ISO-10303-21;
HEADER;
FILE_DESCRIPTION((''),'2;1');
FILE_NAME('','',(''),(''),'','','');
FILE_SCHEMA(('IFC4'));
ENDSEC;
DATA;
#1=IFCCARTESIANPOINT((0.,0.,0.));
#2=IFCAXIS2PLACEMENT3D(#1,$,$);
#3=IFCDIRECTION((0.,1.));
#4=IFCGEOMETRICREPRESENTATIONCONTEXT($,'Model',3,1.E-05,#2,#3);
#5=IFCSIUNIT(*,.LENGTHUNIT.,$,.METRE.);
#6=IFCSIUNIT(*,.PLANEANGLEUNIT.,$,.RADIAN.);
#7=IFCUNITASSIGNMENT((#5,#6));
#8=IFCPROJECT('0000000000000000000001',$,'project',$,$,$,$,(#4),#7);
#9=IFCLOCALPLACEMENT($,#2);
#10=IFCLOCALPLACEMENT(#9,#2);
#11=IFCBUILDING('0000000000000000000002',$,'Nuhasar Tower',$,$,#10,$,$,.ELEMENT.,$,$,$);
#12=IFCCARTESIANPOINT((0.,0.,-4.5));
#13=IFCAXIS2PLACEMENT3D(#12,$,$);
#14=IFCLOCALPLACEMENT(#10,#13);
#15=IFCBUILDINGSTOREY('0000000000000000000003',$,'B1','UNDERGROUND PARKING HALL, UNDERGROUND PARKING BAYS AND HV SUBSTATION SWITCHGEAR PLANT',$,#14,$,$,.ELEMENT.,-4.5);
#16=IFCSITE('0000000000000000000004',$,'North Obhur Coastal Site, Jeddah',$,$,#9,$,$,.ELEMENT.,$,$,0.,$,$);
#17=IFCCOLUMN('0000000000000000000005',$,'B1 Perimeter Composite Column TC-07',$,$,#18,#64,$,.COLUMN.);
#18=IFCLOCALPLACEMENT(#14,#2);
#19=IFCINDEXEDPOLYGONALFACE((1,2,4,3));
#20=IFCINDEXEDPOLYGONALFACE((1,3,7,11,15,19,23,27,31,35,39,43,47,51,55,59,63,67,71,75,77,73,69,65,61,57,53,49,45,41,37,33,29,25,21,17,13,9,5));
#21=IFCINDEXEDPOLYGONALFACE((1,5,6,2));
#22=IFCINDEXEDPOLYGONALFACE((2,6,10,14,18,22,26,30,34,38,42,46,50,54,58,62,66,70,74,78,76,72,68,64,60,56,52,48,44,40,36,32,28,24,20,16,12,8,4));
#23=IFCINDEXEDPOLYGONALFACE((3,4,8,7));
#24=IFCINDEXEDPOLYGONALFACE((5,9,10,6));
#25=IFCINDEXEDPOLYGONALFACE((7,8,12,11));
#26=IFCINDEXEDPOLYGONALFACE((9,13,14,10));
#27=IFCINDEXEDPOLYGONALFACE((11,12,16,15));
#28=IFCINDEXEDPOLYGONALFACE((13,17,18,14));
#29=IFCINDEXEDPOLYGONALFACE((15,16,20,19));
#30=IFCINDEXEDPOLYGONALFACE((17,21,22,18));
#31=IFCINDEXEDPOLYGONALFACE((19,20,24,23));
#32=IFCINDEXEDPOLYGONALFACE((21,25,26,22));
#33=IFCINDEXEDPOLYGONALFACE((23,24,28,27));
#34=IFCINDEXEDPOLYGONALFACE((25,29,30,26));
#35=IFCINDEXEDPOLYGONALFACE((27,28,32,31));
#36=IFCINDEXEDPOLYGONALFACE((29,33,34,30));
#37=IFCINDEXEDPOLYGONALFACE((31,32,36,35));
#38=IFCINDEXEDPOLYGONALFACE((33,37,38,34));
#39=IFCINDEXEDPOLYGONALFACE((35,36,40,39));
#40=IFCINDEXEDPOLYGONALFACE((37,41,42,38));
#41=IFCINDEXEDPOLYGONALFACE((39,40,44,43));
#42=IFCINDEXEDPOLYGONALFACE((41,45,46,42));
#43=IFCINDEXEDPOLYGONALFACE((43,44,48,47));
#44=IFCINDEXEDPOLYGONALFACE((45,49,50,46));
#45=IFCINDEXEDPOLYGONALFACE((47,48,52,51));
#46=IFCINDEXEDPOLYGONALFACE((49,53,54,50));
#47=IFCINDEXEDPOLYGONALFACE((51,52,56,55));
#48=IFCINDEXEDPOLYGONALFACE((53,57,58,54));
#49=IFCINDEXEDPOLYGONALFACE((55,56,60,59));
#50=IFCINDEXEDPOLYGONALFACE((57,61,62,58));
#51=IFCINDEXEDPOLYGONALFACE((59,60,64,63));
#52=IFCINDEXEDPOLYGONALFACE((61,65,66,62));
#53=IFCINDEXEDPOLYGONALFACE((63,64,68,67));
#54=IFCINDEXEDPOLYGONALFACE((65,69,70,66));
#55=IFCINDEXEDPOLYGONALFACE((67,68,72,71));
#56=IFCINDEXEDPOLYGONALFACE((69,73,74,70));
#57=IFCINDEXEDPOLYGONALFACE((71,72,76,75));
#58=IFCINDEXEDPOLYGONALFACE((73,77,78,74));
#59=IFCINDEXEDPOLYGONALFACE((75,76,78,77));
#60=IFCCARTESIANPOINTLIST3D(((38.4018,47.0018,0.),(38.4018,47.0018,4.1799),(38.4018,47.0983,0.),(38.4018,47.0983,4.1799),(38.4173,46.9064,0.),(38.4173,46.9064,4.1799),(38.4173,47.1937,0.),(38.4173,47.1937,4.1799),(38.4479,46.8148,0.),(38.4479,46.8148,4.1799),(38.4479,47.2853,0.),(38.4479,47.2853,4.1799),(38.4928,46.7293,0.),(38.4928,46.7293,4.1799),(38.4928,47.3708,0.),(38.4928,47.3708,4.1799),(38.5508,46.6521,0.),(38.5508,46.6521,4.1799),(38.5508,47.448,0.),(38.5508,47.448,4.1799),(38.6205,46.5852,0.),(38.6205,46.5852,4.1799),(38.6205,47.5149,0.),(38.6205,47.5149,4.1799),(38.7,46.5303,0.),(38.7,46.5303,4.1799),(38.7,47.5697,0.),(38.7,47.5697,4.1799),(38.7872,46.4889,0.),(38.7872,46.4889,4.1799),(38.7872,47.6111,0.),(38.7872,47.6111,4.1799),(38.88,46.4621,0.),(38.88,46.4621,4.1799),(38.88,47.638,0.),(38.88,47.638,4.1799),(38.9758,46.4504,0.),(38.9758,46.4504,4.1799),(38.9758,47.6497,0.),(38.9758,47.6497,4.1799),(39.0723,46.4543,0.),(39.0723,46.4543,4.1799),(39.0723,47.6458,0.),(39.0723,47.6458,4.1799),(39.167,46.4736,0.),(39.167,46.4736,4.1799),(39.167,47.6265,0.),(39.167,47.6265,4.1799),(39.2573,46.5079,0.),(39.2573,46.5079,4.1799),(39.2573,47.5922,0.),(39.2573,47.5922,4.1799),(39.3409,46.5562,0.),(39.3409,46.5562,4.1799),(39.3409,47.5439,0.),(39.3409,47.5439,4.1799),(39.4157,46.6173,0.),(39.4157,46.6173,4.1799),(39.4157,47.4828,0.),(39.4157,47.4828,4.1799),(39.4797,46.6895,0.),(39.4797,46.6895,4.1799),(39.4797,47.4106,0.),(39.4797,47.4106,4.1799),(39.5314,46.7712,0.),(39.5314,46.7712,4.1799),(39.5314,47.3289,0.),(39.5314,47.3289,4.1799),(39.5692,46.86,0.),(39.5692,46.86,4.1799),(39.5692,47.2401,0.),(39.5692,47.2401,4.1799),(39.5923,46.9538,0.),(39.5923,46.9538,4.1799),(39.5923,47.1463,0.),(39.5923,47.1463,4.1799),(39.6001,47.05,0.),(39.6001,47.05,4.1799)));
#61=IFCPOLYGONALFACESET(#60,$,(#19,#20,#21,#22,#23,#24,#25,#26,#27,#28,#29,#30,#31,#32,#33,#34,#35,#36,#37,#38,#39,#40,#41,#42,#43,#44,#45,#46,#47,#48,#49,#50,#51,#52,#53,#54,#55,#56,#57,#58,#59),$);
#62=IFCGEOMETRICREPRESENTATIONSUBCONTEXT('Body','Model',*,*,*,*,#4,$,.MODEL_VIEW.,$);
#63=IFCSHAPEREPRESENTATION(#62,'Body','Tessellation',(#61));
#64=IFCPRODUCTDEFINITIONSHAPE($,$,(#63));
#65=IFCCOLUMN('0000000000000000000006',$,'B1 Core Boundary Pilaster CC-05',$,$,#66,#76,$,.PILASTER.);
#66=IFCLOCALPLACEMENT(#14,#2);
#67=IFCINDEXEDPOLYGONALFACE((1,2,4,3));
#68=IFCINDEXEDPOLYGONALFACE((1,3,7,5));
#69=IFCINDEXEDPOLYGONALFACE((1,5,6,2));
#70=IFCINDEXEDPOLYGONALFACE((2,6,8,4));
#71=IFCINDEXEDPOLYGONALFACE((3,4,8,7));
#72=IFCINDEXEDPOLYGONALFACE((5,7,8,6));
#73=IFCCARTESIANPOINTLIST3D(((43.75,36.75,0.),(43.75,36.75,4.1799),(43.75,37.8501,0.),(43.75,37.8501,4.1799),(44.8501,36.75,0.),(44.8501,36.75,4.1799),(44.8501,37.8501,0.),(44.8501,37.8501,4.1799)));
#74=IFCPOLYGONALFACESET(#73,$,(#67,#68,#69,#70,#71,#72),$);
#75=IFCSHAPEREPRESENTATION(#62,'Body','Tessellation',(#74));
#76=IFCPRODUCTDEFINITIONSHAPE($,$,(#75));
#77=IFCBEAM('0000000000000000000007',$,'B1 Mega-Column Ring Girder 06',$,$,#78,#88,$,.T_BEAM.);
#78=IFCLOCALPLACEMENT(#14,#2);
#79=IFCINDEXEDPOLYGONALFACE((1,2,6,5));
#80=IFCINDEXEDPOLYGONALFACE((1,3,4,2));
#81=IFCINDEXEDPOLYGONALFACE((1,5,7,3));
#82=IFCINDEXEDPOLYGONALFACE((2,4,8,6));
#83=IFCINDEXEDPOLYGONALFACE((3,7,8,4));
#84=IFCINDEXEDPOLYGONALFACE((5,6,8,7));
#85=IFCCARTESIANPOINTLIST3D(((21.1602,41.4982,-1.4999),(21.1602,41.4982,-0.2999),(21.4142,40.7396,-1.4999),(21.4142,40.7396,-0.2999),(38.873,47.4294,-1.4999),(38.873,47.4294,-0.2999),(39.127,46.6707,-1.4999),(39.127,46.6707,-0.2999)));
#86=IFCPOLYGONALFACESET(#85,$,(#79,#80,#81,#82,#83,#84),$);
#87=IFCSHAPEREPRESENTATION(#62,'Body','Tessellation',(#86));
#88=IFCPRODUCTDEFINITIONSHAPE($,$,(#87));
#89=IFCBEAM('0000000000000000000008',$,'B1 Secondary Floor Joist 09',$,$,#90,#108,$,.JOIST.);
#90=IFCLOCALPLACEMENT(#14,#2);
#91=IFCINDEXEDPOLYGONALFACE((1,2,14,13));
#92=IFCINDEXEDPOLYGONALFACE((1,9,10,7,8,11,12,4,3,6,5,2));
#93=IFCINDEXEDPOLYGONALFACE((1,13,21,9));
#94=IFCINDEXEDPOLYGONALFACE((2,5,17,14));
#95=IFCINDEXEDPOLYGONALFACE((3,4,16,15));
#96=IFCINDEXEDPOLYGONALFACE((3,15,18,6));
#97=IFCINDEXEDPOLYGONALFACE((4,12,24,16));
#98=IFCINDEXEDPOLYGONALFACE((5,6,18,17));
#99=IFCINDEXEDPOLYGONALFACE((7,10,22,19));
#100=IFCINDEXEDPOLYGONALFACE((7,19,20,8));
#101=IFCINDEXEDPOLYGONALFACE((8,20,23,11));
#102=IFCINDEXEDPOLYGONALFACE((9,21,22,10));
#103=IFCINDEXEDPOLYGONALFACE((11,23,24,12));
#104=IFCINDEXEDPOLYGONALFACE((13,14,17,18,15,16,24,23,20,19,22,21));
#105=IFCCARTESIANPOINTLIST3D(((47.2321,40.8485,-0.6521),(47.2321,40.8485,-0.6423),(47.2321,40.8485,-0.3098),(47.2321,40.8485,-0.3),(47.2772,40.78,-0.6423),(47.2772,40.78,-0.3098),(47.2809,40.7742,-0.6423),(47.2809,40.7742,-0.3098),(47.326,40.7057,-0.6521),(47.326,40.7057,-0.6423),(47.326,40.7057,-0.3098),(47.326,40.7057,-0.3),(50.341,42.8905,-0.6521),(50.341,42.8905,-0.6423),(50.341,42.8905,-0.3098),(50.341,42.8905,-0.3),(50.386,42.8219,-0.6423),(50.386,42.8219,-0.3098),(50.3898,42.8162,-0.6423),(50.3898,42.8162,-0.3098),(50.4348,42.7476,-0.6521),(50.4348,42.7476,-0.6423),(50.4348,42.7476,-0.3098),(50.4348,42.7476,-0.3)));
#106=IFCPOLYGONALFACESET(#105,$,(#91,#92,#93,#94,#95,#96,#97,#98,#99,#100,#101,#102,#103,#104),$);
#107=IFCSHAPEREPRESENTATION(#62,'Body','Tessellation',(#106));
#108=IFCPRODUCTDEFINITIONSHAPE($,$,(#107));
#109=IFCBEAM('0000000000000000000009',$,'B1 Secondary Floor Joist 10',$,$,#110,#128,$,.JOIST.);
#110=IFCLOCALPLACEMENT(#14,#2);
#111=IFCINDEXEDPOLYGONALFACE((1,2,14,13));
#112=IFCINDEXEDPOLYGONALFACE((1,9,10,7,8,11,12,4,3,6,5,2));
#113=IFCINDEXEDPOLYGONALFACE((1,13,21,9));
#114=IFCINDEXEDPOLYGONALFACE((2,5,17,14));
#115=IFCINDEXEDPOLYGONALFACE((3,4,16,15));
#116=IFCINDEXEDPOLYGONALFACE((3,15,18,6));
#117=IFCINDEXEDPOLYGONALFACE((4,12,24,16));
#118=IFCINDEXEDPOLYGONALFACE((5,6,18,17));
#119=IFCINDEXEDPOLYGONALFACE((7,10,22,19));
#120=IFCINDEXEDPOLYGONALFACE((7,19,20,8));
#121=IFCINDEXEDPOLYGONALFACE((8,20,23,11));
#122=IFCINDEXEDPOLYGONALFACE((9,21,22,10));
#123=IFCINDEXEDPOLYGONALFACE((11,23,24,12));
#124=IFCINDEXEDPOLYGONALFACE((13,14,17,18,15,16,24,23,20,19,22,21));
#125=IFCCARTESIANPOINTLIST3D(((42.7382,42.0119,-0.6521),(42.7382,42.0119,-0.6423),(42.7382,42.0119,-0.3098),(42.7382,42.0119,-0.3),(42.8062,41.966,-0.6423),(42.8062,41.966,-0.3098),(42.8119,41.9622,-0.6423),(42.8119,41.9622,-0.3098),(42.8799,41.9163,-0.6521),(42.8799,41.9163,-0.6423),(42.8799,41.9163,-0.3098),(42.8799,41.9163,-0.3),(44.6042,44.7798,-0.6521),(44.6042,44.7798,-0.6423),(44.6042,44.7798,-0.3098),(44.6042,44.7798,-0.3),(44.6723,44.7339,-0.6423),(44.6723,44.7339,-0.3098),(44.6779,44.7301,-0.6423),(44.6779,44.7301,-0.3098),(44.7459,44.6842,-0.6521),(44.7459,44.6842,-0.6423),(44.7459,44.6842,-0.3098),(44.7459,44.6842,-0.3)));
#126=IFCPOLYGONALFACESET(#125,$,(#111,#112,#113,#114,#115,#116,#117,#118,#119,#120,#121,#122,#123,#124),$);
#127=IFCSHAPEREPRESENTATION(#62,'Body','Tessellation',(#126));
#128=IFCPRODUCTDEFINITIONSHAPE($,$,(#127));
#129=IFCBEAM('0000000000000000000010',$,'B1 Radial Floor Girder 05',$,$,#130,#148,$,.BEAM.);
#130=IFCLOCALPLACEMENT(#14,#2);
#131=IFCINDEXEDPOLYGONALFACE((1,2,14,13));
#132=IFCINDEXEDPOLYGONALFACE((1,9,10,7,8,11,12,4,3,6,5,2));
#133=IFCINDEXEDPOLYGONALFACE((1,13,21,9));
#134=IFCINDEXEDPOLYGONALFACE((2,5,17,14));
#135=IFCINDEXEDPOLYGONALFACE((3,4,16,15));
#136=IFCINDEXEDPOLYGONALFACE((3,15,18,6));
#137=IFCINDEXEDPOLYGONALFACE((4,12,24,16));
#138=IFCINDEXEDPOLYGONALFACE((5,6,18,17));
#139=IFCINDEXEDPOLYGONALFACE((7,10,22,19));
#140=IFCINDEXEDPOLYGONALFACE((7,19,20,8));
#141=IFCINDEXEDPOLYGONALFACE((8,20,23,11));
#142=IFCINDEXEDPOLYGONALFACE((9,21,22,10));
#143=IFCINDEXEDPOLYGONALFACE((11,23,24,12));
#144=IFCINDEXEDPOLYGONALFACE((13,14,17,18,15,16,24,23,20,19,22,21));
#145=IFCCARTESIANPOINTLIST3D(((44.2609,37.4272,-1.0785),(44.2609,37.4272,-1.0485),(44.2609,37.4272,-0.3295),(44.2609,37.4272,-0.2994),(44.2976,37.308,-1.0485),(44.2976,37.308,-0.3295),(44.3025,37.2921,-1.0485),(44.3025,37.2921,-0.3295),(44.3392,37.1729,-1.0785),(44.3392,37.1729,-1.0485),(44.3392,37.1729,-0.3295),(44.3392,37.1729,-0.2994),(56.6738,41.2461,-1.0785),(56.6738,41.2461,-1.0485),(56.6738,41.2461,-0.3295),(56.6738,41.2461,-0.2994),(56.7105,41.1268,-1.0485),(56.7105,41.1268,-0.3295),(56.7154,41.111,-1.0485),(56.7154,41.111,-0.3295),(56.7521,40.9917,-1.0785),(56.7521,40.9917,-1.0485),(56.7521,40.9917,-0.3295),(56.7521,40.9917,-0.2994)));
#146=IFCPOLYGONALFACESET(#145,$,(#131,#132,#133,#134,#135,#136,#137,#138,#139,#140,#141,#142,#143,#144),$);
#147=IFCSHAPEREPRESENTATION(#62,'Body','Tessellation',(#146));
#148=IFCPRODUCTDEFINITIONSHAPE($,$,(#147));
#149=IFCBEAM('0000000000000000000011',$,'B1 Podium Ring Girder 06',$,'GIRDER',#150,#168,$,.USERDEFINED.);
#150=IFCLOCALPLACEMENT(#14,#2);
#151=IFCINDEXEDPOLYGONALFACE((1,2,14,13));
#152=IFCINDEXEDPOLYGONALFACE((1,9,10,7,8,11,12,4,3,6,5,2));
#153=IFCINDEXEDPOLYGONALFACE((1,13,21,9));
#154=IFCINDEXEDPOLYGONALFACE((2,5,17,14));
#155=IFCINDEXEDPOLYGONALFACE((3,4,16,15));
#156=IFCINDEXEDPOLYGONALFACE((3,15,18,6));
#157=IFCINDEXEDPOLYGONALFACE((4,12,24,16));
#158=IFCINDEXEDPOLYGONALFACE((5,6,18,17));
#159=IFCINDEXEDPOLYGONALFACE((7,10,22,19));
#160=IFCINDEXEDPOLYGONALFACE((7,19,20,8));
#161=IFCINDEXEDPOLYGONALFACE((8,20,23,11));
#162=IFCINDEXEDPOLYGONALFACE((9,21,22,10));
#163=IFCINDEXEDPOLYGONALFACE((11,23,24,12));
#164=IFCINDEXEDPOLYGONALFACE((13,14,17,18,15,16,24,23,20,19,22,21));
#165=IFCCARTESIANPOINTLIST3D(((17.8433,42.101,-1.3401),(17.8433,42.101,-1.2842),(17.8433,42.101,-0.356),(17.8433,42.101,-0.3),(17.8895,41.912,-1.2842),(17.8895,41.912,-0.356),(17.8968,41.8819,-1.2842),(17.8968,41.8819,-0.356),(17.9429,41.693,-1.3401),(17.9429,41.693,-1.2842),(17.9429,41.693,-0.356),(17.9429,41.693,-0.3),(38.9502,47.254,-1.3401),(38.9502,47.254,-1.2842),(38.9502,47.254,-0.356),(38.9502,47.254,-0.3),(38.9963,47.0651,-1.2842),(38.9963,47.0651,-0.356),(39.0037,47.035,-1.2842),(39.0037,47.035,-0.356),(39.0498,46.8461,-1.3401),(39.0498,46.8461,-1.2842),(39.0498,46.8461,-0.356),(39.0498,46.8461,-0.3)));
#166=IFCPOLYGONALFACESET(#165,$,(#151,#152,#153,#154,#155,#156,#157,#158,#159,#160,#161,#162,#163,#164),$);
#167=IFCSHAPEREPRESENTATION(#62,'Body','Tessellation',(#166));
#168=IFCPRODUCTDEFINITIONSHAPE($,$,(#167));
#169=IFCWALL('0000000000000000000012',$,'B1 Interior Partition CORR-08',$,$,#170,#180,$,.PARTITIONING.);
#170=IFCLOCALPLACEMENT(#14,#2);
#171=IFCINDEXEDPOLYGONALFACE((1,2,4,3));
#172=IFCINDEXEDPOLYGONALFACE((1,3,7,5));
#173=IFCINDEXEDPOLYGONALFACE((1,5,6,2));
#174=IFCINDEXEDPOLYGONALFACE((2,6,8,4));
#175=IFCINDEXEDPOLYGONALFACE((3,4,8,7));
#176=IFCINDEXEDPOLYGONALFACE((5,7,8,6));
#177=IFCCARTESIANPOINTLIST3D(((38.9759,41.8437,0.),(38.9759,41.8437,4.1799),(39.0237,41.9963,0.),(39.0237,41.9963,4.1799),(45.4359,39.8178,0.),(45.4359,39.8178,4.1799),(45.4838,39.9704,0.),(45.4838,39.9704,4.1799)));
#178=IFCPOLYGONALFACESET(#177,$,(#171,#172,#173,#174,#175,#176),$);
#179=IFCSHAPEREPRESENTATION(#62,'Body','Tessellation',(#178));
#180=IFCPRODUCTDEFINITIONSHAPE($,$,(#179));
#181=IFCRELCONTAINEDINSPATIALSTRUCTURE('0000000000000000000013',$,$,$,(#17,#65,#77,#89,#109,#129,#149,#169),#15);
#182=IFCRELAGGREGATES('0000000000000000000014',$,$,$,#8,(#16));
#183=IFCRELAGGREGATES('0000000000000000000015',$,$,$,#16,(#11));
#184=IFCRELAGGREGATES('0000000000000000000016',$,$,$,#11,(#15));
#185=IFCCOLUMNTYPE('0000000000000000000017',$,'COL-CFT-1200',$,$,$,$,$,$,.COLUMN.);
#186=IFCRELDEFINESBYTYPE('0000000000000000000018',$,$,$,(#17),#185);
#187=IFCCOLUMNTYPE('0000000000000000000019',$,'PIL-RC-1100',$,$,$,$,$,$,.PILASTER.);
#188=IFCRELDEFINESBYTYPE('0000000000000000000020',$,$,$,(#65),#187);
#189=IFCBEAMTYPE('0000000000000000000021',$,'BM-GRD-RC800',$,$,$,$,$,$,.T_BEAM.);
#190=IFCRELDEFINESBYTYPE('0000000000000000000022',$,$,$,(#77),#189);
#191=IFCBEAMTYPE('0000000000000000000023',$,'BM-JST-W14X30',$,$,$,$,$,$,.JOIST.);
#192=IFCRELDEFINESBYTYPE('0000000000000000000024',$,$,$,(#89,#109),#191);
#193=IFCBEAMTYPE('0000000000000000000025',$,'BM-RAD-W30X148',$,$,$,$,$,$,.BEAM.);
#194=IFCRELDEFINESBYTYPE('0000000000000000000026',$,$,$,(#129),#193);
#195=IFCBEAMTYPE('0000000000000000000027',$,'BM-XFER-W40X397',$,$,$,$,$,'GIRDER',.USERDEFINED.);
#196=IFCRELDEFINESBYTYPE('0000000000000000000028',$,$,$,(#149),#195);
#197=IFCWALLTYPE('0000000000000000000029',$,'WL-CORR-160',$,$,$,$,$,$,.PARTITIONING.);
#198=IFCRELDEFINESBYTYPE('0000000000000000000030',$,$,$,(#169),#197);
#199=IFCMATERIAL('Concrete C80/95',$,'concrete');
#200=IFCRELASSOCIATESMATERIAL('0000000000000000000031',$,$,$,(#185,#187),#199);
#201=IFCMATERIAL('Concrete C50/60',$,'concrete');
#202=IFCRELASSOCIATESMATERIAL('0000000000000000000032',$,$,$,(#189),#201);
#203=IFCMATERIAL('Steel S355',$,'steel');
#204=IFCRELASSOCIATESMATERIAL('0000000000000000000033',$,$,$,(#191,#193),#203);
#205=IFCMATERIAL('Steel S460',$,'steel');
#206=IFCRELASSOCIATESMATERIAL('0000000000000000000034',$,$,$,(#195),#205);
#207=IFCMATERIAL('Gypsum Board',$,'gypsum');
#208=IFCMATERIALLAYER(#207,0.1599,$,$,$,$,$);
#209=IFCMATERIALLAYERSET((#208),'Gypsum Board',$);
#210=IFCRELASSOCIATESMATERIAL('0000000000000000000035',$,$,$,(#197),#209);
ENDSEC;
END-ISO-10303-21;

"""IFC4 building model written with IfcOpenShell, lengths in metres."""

from ifc_helpers import new_model, si_unit, direction, frame, frame_2d, origin, origin_2d, place, context, subcontext, project, spatial, rectangle, circle, i_section, extrude, material, layer, layer_set, material_profile, profile_set, type_object, element, save


model = new_model("IFC4")

# Units and contexts
model_context = context("Model", 3, precision=1e-05, world=origin(), true_north=direction((0.0, 1.0)))
body_context = subcontext(model_context, "Body", "Model", "MODEL_VIEW")
ifc_project = project(units=[si_unit("LENGTHUNIT", "METRE"), si_unit("PLANEANGLEUNIT", "RADIAN")], contexts=[model_context])

# Site, building, storey
site_placement = place(None, origin())
site = spatial("IfcSite", under=ifc_project, at=site_placement, Name="North Obhur Coastal Site, Jeddah", CompositionType="ELEMENT", RefElevation=0.0)
building_placement = place(site_placement, origin())
building = spatial("IfcBuilding", under=site, at=building_placement, Name="Nuhasar Tower", CompositionType="ELEMENT")
storey_placement = place(building_placement, frame((0.0, 0.0, -4.5)))
storey = spatial("IfcBuildingStorey", under=building, at=storey_placement, Name="B1", Description="UNDERGROUND PARKING HALL, UNDERGROUND PARKING BAYS AND HV SUBSTATION SWITCHGEAR PLANT", CompositionType="ELEMENT", Elevation=-4.5)

# Columns
ifc_material_1 = material(Name="Concrete C80/95", Category="concrete")
ifc_material_profile_1 = material_profile(ifc_material_1, circle(Radius=0.6001, at=origin_2d()), Name="CFT1200")
ifc_profile_set_1 = profile_set([ifc_material_profile_1], Name="Concrete C80/95")
column_type_1 = type_object("IfcColumnType", Name="COL-CFT-1200", PredefinedType="COLUMN", material=ifc_profile_set_1)
column_1_placement = place(storey_placement, frame((39.0, 47.05, 0.0), z_axis=(0.0, 0.0, 1.0), x_axis=(1.0, 0.0, 0.0)))
element("IfcColumn", 1, at=column_1_placement, inside=storey, type_object=column_type_1, Name="B1 Perimeter Composite Column TC-07", PredefinedType="COLUMN", context=body_context, shape_type="SweptSolid", body=[
    extrude(circle(Radius=0.6001, at=origin_2d()), origin(), (0.0, 0.0, 1.0), 4.1799),
])
ifc_material_profile_2 = material_profile(ifc_material_1, rectangle(XDim=1.1001, YDim=1.1001, at=origin_2d()), Name="RC1100X1100")
ifc_profile_set_2 = profile_set([ifc_material_profile_2], Name="Concrete C80/95")
column_type_2 = type_object("IfcColumnType", Name="PIL-RC-1100", PredefinedType="PILASTER", material=ifc_profile_set_2)
column_2_placement = place(storey_placement, frame((44.3, 37.3, 0.0), z_axis=(0.0, 0.0, 1.0), x_axis=(1.0, 0.0, 0.0)))
element("IfcColumn", 2, at=column_2_placement, inside=storey, type_object=column_type_2, Name="B1 Core Boundary Pilaster CC-05", PredefinedType="PILASTER", context=body_context, shape_type="SweptSolid", body=[
    extrude(rectangle(XDim=1.1001, YDim=1.1001, at=origin_2d()), origin(), (0.0, 0.0, 1.0), 4.1799),
])

# Beams
ifc_material_2 = material(Name="Concrete C50/60", Category="concrete")
ifc_material_profile_3 = material_profile(ifc_material_2, rectangle(XDim=0.8, YDim=1.2, at=origin_2d()), Name="RC800X1200")
ifc_profile_set_3 = profile_set([ifc_material_profile_3], Name="Concrete C50/60")
beam_type_1 = type_object("IfcBeamType", Name="BM-GRD-RC800", PredefinedType="T_BEAM", material=ifc_profile_set_3)
beam_1_placement = place(storey_placement, frame((39.0, 47.05, -0.8999), z_axis=(-0.948251, -0.317521, 0.0), x_axis=(0.317521, -0.948251, 0.0)))
element("IfcBeam", 3, at=beam_1_placement, inside=storey, type_object=beam_type_1, Name="B1 Mega-Column Ring Girder 06", PredefinedType="T_BEAM", context=body_context, shape_type="SweptSolid", body=[
    extrude(rectangle(XDim=0.8, YDim=1.2, at=origin_2d()), origin(), (0.0, 0.0, 1.0), 18.6794),
])
ifc_material_3 = material(Name="Steel S355", Category="steel")
ifc_material_profile_4 = material_profile(ifc_material_3, i_section(OverallWidth=0.1709, OverallDepth=0.3521, WebThickness=0.0068, FlangeThickness=0.0098, at=origin_2d()), Name="W14X30")
ifc_profile_set_4 = profile_set([ifc_material_profile_4], Name="Steel S355")
beam_type_2 = type_object("IfcBeamType", Name="BM-JST-W14X30", PredefinedType="JOIST", material=ifc_profile_set_4)
beam_2_placement = place(storey_placement, frame((47.2791, 40.7771, -0.4761), z_axis=(0.835828, 0.548992, 0.0), x_axis=(-0.548992, 0.835828, 0.0)))
element("IfcBeam", 4, at=beam_2_placement, inside=storey, type_object=beam_type_2, Name="B1 Secondary Floor Joist 09", PredefinedType="JOIST", context=body_context, shape_type="SweptSolid", body=[
    extrude(i_section(OverallWidth=0.1709, OverallDepth=0.3521, WebThickness=0.0068, FlangeThickness=0.0098, at=origin_2d()), origin(), (0.0, 0.0, 1.0), 3.7195),
])
beam_3_placement = place(storey_placement, frame((42.8091, 41.9641, -0.4761), z_axis=(0.558997, 0.82917, 0.0), x_axis=(-0.82917, 0.558997, 0.0)))
element("IfcBeam", 5, at=beam_3_placement, inside=storey, type_object=beam_type_2, Name="B1 Secondary Floor Joist 10", PredefinedType="JOIST", context=body_context, shape_type="SweptSolid", body=[
    extrude(i_section(OverallWidth=0.1709, OverallDepth=0.3521, WebThickness=0.0068, FlangeThickness=0.0098, at=origin_2d()), origin(), (0.0, 0.0, 1.0), 3.3381),
])
ifc_material_profile_5 = material_profile(ifc_material_3, i_section(OverallWidth=0.2661, OverallDepth=0.7791, WebThickness=0.0166, FlangeThickness=0.03, at=origin_2d()), Name="W30X148")
ifc_profile_set_5 = profile_set([ifc_material_profile_5], Name="Steel S355")
beam_type_3 = type_object("IfcBeamType", Name="BM-RAD-W30X148", PredefinedType="BEAM", material=ifc_profile_set_5)
beam_4_placement = place(storey_placement, frame((44.3, 37.3, -0.689), z_axis=(0.95579, 0.294052, 0.0), x_axis=(-0.294052, 0.95579, 0.0)))
element("IfcBeam", 6, at=beam_4_placement, inside=storey, type_object=beam_type_3, Name="B1 Radial Floor Girder 05", PredefinedType="BEAM", context=body_context, shape_type="SweptSolid", body=[
    extrude(i_section(OverallWidth=0.2661, OverallDepth=0.7791, WebThickness=0.0166, FlangeThickness=0.03, at=origin_2d()), origin(), (0.0, 0.0, 1.0), 12.9871),
])
ifc_material_4 = material(Name="Steel S460", Category="steel")
ifc_material_profile_6 = material_profile(ifc_material_4, i_section(OverallWidth=0.4199, OverallDepth=1.04, WebThickness=0.031, FlangeThickness=0.0559, at=origin_2d()), Name="W40X397")
ifc_profile_set_6 = profile_set([ifc_material_profile_6], Name="Steel S460")
beam_type_4 = type_object("IfcBeamType", Name="BM-XFER-W40X397", ElementType="GIRDER", PredefinedType="USERDEFINED", material=ifc_profile_set_6)
beam_5_placement = place(storey_placement, frame((39.0, 47.05, -0.8201), z_axis=(-0.971467, -0.237175, 0.0), x_axis=(0.237175, -0.971467, 0.0)))
element("IfcBeam", 7, at=beam_5_placement, inside=storey, type_object=beam_type_4, Name="B1 Podium Ring Girder 06", ObjectType="GIRDER", PredefinedType="USERDEFINED", context=body_context, shape_type="SweptSolid", body=[
    extrude(i_section(OverallWidth=0.4199, OverallDepth=1.04, WebThickness=0.031, FlangeThickness=0.0559, at=origin_2d()), origin(), (0.0, 0.0, 1.0), 21.7268),
])

# Wall
ifc_material_5 = material(Name="Gypsum Board", Category="gypsum")
ifc_layer_1 = layer(ifc_material_5, 0.1599)
ifc_layer_set_1 = layer_set([ifc_layer_1], Name="Gypsum Board")
wall_type_1 = type_object("IfcWallType", Name="WL-CORR-160", PredefinedType="PARTITIONING", material=ifc_layer_set_1)
wall_1_placement = place(storey_placement, frame((45.46, 39.894, 0.0), z_axis=(0.0, 0.0, 1.0), x_axis=(-0.954179, 0.299236, 0.0)))
element("IfcWall", 8, at=wall_1_placement, inside=storey, type_object=wall_type_1, Name="B1 Interior Partition CORR-08", PredefinedType="PARTITIONING", context=body_context, shape_type="SweptSolid", body=[
    extrude(rectangle(XDim=6.7703, YDim=0.1599, at=frame_2d((3.3853, 0.0))), origin(), (0.0, 0.0, 1.0), 4.1799),
])

save(model, "model.ifc")
